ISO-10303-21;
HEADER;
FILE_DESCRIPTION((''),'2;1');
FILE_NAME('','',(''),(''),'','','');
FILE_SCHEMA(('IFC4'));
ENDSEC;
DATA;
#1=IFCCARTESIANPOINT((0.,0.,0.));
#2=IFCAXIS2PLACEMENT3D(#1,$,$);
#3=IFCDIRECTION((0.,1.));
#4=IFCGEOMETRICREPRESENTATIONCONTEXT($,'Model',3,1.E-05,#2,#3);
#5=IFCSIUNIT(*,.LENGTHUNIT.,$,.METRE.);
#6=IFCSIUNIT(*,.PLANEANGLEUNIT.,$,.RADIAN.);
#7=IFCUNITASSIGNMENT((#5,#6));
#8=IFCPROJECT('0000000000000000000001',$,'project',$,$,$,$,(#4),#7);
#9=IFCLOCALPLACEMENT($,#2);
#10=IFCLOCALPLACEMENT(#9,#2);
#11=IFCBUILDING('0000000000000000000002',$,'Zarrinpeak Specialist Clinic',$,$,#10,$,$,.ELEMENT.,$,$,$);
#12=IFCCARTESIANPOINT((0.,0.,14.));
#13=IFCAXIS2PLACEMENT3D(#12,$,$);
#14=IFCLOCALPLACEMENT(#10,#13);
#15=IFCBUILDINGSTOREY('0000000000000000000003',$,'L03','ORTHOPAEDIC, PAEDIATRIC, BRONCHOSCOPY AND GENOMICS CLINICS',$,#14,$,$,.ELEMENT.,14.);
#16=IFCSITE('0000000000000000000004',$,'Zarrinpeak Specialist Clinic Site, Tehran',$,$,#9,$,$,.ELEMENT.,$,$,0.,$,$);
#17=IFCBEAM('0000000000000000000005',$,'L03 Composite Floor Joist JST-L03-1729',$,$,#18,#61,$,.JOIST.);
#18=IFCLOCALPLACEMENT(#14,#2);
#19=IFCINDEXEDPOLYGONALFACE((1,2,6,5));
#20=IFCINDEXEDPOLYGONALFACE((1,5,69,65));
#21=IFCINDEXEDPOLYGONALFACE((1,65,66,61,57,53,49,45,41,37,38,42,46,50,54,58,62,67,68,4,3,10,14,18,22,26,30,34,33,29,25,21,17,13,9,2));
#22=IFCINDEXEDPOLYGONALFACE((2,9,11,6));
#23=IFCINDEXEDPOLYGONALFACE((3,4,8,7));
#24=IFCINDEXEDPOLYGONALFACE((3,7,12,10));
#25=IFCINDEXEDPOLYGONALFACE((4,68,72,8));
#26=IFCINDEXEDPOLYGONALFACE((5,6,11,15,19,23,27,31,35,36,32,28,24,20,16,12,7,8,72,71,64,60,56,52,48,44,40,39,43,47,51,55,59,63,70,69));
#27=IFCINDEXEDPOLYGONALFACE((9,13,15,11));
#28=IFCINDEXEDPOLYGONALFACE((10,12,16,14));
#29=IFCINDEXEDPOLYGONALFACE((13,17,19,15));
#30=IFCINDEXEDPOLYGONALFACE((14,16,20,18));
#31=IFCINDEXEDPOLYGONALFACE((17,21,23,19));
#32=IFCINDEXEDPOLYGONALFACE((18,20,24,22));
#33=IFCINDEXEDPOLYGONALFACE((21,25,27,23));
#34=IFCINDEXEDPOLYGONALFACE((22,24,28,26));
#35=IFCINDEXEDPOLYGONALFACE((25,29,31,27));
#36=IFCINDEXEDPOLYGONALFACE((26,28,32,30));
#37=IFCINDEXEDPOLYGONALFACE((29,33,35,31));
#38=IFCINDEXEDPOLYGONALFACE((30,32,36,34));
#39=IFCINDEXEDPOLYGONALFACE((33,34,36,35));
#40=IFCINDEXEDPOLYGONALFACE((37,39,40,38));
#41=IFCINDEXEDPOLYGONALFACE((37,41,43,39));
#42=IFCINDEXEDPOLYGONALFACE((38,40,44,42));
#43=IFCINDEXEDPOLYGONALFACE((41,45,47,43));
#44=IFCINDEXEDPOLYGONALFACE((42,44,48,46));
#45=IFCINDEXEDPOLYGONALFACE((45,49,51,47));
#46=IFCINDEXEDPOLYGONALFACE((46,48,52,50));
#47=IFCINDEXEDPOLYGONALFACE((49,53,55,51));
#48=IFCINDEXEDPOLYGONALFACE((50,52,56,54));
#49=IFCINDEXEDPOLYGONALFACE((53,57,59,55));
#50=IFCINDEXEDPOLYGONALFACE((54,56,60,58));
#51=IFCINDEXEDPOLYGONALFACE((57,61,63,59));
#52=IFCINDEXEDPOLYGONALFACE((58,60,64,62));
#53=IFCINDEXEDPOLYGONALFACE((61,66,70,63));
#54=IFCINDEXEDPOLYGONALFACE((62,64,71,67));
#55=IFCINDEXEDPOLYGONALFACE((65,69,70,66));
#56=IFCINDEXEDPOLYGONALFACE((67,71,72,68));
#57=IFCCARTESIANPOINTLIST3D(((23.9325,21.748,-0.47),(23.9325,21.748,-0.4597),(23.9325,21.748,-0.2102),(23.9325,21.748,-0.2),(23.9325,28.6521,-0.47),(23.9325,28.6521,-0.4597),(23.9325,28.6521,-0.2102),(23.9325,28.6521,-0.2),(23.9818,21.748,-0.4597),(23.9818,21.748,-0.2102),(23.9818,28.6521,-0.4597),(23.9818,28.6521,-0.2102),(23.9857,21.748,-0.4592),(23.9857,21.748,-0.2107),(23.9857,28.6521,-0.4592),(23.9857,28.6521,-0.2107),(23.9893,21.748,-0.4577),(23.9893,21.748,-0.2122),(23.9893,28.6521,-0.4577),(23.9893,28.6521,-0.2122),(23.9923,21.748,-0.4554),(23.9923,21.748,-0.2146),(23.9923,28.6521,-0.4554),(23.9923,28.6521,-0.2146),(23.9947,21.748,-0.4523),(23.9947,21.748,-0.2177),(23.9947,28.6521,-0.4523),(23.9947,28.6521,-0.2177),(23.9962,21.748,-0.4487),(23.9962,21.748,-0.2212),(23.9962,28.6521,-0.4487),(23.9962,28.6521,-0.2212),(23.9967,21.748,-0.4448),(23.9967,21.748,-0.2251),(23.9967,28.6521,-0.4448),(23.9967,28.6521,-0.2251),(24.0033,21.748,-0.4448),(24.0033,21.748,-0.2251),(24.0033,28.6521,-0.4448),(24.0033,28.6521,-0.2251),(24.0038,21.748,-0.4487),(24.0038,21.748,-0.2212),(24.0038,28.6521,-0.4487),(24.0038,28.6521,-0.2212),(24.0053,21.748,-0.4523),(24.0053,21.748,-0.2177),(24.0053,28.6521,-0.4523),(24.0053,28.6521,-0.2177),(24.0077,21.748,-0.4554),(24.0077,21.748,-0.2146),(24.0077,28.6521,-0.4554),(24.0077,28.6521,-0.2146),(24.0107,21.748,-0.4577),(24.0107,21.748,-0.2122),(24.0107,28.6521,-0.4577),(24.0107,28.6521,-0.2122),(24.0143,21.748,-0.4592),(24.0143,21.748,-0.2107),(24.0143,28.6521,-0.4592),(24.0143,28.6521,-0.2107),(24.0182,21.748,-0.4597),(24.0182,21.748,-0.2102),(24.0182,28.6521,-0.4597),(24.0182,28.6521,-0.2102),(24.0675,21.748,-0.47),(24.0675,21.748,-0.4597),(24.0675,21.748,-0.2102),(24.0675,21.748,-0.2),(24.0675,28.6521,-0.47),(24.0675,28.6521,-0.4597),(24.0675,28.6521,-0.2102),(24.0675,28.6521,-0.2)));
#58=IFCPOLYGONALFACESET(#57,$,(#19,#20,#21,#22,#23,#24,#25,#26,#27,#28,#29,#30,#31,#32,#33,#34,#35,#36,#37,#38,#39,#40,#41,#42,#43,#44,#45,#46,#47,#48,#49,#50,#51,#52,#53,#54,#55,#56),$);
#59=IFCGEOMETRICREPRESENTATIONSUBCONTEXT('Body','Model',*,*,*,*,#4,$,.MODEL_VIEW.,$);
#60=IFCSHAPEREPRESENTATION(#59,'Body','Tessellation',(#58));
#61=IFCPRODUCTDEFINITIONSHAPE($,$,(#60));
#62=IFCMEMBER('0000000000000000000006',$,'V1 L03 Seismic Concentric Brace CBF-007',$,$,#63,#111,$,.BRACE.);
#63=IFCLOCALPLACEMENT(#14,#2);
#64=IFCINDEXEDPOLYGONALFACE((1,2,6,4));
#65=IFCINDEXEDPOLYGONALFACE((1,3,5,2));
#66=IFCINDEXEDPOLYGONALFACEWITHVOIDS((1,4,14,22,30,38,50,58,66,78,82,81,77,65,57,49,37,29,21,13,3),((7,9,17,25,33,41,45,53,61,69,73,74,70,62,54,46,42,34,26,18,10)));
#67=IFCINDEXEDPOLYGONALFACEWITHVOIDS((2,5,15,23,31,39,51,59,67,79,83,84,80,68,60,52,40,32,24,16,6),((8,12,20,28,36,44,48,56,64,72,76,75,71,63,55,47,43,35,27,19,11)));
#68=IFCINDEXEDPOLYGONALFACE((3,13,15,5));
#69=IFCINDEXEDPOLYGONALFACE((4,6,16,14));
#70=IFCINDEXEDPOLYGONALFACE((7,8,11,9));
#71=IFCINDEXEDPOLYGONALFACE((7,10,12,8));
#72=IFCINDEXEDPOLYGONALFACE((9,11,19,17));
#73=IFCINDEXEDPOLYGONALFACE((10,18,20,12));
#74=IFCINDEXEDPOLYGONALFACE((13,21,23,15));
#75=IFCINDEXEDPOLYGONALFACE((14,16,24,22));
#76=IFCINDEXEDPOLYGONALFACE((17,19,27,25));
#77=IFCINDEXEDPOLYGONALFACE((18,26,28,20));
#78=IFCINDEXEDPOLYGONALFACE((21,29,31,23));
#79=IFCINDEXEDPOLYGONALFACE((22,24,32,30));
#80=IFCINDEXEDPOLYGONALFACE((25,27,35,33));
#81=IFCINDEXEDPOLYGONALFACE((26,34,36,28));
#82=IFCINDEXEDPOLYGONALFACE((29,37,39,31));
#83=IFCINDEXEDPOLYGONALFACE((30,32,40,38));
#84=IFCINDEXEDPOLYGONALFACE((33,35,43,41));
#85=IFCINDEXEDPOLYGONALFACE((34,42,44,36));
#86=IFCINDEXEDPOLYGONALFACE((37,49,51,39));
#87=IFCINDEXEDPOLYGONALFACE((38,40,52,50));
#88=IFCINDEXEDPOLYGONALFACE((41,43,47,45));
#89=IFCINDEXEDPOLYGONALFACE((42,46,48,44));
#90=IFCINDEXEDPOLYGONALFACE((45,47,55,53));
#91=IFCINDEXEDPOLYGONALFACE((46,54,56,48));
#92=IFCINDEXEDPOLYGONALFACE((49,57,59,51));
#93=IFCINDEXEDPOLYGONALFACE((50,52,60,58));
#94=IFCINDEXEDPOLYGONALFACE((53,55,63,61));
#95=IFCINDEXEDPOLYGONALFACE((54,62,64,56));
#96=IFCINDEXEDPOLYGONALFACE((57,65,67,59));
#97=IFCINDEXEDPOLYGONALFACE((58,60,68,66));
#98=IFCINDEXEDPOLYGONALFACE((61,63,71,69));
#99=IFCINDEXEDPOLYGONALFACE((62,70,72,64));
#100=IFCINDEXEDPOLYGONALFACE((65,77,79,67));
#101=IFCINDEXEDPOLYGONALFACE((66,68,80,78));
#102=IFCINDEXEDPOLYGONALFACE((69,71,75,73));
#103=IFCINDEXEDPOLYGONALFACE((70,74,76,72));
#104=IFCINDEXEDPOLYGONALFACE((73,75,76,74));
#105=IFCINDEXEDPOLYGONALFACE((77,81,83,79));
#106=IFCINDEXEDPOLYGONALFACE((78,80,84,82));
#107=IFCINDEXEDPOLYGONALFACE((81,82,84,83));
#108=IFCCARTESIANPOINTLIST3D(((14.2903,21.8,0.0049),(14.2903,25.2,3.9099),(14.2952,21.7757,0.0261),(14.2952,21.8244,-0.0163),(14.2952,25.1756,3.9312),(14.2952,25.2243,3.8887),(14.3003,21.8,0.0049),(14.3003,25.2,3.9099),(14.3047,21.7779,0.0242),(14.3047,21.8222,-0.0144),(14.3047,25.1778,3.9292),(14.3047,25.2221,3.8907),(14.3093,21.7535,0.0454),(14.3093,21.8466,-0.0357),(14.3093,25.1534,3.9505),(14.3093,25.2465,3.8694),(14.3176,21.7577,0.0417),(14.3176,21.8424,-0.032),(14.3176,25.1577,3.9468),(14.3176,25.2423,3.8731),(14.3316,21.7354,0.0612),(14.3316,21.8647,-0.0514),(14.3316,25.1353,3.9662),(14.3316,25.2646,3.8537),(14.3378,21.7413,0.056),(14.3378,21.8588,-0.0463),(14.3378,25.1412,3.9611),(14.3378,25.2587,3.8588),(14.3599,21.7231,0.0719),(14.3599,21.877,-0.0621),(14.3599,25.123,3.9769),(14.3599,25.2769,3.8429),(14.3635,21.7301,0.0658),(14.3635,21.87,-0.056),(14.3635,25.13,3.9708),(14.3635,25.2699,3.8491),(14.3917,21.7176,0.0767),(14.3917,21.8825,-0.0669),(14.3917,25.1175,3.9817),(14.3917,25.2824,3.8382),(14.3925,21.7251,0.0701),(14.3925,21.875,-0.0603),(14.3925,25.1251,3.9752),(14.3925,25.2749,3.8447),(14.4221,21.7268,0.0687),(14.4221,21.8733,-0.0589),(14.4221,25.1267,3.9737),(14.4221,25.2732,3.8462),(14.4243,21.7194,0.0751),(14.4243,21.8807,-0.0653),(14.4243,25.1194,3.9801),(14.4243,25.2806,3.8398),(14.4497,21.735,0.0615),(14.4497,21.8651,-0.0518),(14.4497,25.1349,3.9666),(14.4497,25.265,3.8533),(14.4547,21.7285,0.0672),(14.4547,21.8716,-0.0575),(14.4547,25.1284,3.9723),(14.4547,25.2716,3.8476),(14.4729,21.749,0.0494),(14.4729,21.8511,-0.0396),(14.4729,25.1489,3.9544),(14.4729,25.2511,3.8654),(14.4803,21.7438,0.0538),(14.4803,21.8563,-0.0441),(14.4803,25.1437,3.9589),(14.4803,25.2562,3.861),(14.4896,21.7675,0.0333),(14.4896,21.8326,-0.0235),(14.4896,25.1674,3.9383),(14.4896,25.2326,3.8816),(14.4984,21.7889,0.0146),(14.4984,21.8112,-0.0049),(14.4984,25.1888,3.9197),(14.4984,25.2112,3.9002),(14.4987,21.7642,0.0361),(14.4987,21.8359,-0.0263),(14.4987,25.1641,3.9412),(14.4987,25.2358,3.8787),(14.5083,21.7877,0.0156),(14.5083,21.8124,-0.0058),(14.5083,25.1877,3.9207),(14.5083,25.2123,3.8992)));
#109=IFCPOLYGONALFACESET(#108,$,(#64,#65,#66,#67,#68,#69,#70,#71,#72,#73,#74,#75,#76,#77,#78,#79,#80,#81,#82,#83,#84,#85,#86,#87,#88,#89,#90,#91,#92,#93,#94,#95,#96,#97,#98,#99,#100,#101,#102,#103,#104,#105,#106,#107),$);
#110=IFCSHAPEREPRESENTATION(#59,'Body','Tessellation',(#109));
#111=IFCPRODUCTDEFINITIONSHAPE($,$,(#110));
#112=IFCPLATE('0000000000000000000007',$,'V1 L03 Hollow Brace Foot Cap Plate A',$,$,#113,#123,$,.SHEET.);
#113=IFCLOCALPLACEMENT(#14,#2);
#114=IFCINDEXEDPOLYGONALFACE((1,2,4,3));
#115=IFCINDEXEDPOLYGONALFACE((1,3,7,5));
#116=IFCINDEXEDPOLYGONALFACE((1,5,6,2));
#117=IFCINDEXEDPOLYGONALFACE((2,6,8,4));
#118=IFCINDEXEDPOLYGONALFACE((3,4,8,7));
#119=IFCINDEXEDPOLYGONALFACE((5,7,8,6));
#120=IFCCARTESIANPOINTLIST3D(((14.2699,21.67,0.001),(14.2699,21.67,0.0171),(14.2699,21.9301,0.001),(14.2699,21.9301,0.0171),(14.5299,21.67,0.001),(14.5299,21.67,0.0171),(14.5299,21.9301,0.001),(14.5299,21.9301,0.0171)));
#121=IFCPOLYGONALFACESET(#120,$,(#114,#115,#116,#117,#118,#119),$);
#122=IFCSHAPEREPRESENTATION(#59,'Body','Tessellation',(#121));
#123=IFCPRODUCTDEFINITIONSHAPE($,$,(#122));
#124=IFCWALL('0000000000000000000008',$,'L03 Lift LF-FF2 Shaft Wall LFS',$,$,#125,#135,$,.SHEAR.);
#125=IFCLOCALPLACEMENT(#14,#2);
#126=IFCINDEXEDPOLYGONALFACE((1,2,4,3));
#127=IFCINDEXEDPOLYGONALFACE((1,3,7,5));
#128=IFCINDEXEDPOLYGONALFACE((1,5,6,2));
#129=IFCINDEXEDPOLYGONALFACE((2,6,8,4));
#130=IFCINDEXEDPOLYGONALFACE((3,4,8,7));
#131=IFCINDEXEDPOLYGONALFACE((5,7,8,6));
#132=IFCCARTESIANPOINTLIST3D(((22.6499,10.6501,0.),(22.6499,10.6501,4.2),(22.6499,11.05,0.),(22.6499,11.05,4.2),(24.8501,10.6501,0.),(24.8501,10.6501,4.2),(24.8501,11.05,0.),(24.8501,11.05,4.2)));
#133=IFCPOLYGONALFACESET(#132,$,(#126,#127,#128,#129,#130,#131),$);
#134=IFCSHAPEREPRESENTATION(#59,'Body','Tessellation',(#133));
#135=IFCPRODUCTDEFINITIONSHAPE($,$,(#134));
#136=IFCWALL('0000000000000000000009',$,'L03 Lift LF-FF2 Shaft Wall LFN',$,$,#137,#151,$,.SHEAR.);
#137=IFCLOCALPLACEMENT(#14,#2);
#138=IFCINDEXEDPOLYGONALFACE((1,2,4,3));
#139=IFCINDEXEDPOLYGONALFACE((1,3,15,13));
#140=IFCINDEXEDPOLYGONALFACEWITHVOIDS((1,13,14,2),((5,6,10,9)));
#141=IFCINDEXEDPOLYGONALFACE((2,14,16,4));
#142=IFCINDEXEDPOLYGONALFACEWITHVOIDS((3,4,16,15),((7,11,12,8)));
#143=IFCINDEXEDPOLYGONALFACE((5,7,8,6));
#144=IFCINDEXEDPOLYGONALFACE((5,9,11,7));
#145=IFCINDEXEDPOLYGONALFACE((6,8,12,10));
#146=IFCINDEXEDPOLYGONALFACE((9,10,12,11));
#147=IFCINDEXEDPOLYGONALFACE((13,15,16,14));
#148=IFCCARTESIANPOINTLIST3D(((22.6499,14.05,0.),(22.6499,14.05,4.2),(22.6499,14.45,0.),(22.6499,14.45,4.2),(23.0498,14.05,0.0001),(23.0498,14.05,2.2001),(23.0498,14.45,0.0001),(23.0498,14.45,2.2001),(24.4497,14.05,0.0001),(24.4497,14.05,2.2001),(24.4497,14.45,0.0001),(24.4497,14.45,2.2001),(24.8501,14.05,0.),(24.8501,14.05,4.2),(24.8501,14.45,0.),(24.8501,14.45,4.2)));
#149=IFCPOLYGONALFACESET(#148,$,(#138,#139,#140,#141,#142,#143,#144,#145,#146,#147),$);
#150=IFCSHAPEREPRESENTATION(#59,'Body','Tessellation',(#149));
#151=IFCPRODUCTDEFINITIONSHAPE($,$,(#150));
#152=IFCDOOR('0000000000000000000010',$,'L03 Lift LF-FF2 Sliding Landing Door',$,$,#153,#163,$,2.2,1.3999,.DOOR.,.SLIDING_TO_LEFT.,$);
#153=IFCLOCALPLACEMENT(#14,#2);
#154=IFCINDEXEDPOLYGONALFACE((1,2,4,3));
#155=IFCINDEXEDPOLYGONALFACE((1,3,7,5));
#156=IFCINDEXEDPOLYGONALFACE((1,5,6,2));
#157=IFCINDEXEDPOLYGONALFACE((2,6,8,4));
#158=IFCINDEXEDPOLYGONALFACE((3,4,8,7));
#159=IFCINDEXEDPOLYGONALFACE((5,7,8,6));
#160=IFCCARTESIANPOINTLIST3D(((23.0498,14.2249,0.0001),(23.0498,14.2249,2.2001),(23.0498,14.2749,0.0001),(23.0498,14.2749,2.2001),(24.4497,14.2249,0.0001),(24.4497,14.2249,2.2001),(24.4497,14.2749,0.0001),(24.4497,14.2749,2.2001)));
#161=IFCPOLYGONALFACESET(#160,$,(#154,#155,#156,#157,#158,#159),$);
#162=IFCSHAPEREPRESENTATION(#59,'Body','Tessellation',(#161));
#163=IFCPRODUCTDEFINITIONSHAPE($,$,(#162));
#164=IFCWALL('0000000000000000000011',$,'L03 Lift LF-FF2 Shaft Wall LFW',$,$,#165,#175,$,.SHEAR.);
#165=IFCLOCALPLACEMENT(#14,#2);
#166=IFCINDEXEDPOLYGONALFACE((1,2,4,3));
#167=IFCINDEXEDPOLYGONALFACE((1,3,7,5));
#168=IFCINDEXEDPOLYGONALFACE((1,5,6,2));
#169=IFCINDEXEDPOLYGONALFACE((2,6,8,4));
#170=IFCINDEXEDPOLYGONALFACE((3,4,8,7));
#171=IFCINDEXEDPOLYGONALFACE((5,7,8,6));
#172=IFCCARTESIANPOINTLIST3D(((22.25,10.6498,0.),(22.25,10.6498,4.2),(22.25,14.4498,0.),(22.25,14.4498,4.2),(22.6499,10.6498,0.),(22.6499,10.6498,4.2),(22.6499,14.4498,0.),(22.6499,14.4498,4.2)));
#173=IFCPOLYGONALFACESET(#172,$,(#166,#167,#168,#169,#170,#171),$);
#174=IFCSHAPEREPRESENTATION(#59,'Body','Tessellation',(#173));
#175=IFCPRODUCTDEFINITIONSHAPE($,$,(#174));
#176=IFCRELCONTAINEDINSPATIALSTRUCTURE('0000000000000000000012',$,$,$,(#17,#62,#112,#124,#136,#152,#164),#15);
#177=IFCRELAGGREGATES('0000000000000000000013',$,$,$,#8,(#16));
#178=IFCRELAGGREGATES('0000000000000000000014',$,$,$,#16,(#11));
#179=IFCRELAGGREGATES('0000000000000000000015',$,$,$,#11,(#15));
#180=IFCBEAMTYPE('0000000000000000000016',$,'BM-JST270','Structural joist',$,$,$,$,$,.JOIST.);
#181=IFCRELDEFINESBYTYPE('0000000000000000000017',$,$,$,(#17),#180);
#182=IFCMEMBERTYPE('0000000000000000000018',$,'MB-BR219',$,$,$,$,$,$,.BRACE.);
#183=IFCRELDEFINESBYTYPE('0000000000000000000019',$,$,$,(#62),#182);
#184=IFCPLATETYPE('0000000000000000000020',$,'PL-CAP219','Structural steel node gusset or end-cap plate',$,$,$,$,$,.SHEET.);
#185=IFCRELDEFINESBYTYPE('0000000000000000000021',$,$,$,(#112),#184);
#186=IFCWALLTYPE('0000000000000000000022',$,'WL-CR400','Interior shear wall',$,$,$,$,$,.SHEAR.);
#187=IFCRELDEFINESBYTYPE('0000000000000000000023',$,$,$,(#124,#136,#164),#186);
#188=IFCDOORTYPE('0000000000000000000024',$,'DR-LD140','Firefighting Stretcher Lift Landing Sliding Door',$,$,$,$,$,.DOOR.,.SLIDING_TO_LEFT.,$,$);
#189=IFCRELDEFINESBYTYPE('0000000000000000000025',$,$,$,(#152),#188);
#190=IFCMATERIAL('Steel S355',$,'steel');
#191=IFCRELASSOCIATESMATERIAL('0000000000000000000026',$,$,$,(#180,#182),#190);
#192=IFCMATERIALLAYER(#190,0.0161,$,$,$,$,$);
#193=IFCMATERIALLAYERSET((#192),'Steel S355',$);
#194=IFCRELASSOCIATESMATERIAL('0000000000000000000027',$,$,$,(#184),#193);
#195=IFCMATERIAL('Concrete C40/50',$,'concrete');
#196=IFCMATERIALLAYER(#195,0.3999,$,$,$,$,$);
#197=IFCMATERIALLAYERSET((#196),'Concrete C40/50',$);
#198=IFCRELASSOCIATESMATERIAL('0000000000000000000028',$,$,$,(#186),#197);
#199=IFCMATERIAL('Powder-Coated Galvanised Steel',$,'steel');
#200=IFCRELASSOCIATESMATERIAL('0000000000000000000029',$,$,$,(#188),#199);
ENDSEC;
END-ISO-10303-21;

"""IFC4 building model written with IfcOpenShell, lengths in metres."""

from ifc_helpers import new_model, si_unit, direction, frame, frame_2d, origin, origin_2d, place, context, subcontext, project, spatial, rectangle, hollow_circle, i_section, extrude, material, layer, layer_set, material_profile, profile_set, type_object, element, fill, save


model = new_model("IFC4")

# Units and contexts
model_context = context("Model", 3, precision=1e-05, world=origin(), true_north=direction((0.0, 1.0)))
body_context = subcontext(model_context, "Body", "Model", "MODEL_VIEW")
ifc_project = project(units=[si_unit("LENGTHUNIT", "METRE"), si_unit("PLANEANGLEUNIT", "RADIAN")], contexts=[model_context])

# Site, building, storey
site_placement = place(None, origin())
site = spatial("IfcSite", under=ifc_project, at=site_placement, Name="Zarrinpeak Specialist Clinic Site, Tehran", CompositionType="ELEMENT", RefElevation=0.0)
building_placement = place(site_placement, origin())
building = spatial("IfcBuilding", under=site, at=building_placement, Name="Zarrinpeak Specialist Clinic", CompositionType="ELEMENT")
storey_placement = place(building_placement, frame((0.0, 0.0, 14.0)))
storey = spatial("IfcBuildingStorey", under=building, at=storey_placement, Name="L03", Description="ORTHOPAEDIC, PAEDIATRIC, BRONCHOSCOPY AND GENOMICS CLINICS", CompositionType="ELEMENT", Elevation=14.0)

# Shared definitions
ifc_material_1 = material(Name="Steel S355", Category="steel")

# Beam
ifc_material_profile_1 = material_profile(ifc_material_1, i_section(OverallWidth=0.135, OverallDepth=0.27, WebThickness=0.0066, FlangeThickness=0.0103, FilletRadius=0.0149, at=origin_2d()), Name="IPE 270")
ifc_profile_set_1 = profile_set([ifc_material_profile_1], Name="Steel S355")
beam_type_1 = type_object("IfcBeamType", Name="BM-JST270", Description="Structural joist", PredefinedType="JOIST", material=ifc_profile_set_1)
for number, where, z_axis, x_axis, name in (
    (1, (24.0, 21.748, -0.335), (0.0, 1.0, 0.0), (-1.0, 0.0, 0.0), "L03 Composite Floor Joist JST-L03-1729"),
):
    element("IfcBeam", number, at=place(storey_placement, frame(where, z_axis=z_axis, x_axis=x_axis)), inside=storey, type_object=beam_type_1, Name=name, PredefinedType="JOIST", context=body_context, shape_type="SweptSolid", body=[
        extrude(i_section(OverallWidth=0.135, OverallDepth=0.27, WebThickness=0.0066, FlangeThickness=0.0103, FilletRadius=0.0149, at=origin_2d()), origin(), (0.0, 0.0, 1.0), 6.9041),
    ])

# Member
ifc_material_profile_2 = material_profile(ifc_material_1, hollow_circle(Radius=0.1096, WallThickness=0.01, at=origin_2d()), Name="CHS 219.1x10.0")
ifc_profile_set_2 = profile_set([ifc_material_profile_2], Name="Steel S355")
member_type = type_object("IfcMemberType", Name="MB-BR219", PredefinedType="BRACE", material=ifc_profile_set_2)
member_placement = place(storey_placement, frame((14.3999, 21.8, 0.0049), z_axis=(0.0, 0.656643, 0.754201), x_axis=(-1.0, 0.0, 0.0)))
element("IfcMember", 2, at=member_placement, inside=storey, type_object=member_type, Name="V1 L03 Seismic Concentric Brace CBF-007", PredefinedType="BRACE", context=body_context, shape_type="SweptSolid", body=[
    extrude(hollow_circle(Radius=0.1096, WallThickness=0.01, at=origin_2d()), origin(), (0.0, 0.0, 1.0), 5.1777),
])

# Plate
ifc_layer_1 = layer(ifc_material_1, 0.0161)
ifc_layer_set_1 = layer_set([ifc_layer_1], Name="Steel S355")
plate_type = type_object("IfcPlateType", Name="PL-CAP219", Description="Structural steel node gusset or end-cap plate", PredefinedType="SHEET", material=ifc_layer_set_1)
plate_placement = place(storey_placement, frame((14.3999, 21.8, 0.001), z_axis=(0.0, 0.0, 1.0), x_axis=(1.0, 0.0, 0.0)))
element("IfcPlate", 3, at=plate_placement, inside=storey, type_object=plate_type, Name="V1 L03 Hollow Brace Foot Cap Plate A", PredefinedType="SHEET", context=body_context, shape_type="SweptSolid", body=[
    extrude(rectangle(XDim=0.26, YDim=0.26, at=origin_2d()), origin(), (0.0, 0.0, 1.0), 0.0161),
])

# Wall
ifc_material_2 = material(Name="Concrete C40/50", Category="concrete")
ifc_layer_2 = layer(ifc_material_2, 0.3999)
ifc_layer_set_2 = layer_set([ifc_layer_2], Name="Concrete C40/50")
wall_type_1 = type_object("IfcWallType", Name="WL-CR400", Description="Interior shear wall", PredefinedType="SHEAR", material=ifc_layer_set_2)
wall_1_placement = place(storey_placement, frame((22.6499, 10.8501, 0.0), z_axis=(0.0, 0.0, 1.0), x_axis=(1.0, 0.0, 0.0)))
element("IfcWall", 4, at=wall_1_placement, inside=storey, type_object=wall_type_1, Name="L03 Lift LF-FF2 Shaft Wall LFS", PredefinedType="SHEAR", context=body_context, shape_type="SweptSolid", body=[
    extrude(rectangle(XDim=2.2002, YDim=0.3999, at=frame_2d((1.1001, 0.0))), origin(), (0.0, 0.0, 1.0), 4.2),
])

# Wall, opening, door
wall_2_placement = place(storey_placement, frame((22.6499, 14.25, 0.0), z_axis=(0.0, 0.0, 1.0), x_axis=(1.0, 0.0, 0.0)))
wall_2 = element("IfcWall", 5, at=wall_2_placement, inside=storey, type_object=wall_type_1, Name="L03 Lift LF-FF2 Shaft Wall LFN", PredefinedType="SHEAR", context=body_context, shape_type="SweptSolid", body=[
    extrude(rectangle(XDim=2.2002, YDim=0.3999, at=frame_2d((1.1001, 0.0))), origin(), (0.0, 0.0, 1.0), 4.2),
])
opening_1_placement = place(wall_2_placement, frame((0.3999, 0.0, 0.0)))
opening_1 = element("IfcOpeningElement", 6, at=opening_1_placement, cuts=wall_2, PredefinedType="OPENING", context=body_context, shape_type="SweptSolid", body=[
    extrude(rectangle(XDim=1.3999, YDim=2.2, at=frame_2d((0.7, 1.1001))), frame((0.0, 0.21, 0.0), z_axis=(0.0, -1.0, 0.0), x_axis=(1.0, 0.0, 0.0)), (0.0, 0.0, 1.0), 0.4199),
])
ifc_material_3 = material(Name="Powder-Coated Galvanised Steel", Category="steel")
door_type_1 = type_object("IfcDoorType", Name="DR-LD140", Description="Firefighting Stretcher Lift Landing Sliding Door", OperationType="SLIDING_TO_LEFT", PredefinedType="DOOR", material=ifc_material_3)
door_1_placement = place(opening_1_placement, origin())
door_1 = element("IfcDoor", 7, at=door_1_placement, inside=storey, type_object=door_type_1, Name="L03 Lift LF-FF2 Sliding Landing Door", OperationType="SLIDING_TO_LEFT", OverallHeight=2.2, OverallWidth=1.3999, PredefinedType="DOOR", context=body_context, shape_type="SweptSolid", body=[
    extrude(rectangle(XDim=1.3999, YDim=2.2, at=frame_2d((0.7, 1.1001))), frame((0.0, 0.0249, 0.0), z_axis=(0.0, -1.0, 0.0), x_axis=(1.0, 0.0, 0.0)), (0.0, 0.0, 1.0), 0.05),
])
fill(opening_1, door_1)

# Wall
wall_3_placement = place(storey_placement, frame((22.45, 10.6499, 0.0), z_axis=(0.0, 0.0, 1.0), x_axis=(0.0, 1.0, 0.0)))
element("IfcWall", 8, at=wall_3_placement, inside=storey, type_object=wall_type_1, Name="L03 Lift LF-FF2 Shaft Wall LFW", PredefinedType="SHEAR", context=body_context, shape_type="SweptSolid", body=[
    extrude(rectangle(XDim=3.8, YDim=0.3999, at=frame_2d((1.8999, 0.0))), origin(), (0.0, 0.0, 1.0), 4.2),
])

save(model, "model.ifc")
